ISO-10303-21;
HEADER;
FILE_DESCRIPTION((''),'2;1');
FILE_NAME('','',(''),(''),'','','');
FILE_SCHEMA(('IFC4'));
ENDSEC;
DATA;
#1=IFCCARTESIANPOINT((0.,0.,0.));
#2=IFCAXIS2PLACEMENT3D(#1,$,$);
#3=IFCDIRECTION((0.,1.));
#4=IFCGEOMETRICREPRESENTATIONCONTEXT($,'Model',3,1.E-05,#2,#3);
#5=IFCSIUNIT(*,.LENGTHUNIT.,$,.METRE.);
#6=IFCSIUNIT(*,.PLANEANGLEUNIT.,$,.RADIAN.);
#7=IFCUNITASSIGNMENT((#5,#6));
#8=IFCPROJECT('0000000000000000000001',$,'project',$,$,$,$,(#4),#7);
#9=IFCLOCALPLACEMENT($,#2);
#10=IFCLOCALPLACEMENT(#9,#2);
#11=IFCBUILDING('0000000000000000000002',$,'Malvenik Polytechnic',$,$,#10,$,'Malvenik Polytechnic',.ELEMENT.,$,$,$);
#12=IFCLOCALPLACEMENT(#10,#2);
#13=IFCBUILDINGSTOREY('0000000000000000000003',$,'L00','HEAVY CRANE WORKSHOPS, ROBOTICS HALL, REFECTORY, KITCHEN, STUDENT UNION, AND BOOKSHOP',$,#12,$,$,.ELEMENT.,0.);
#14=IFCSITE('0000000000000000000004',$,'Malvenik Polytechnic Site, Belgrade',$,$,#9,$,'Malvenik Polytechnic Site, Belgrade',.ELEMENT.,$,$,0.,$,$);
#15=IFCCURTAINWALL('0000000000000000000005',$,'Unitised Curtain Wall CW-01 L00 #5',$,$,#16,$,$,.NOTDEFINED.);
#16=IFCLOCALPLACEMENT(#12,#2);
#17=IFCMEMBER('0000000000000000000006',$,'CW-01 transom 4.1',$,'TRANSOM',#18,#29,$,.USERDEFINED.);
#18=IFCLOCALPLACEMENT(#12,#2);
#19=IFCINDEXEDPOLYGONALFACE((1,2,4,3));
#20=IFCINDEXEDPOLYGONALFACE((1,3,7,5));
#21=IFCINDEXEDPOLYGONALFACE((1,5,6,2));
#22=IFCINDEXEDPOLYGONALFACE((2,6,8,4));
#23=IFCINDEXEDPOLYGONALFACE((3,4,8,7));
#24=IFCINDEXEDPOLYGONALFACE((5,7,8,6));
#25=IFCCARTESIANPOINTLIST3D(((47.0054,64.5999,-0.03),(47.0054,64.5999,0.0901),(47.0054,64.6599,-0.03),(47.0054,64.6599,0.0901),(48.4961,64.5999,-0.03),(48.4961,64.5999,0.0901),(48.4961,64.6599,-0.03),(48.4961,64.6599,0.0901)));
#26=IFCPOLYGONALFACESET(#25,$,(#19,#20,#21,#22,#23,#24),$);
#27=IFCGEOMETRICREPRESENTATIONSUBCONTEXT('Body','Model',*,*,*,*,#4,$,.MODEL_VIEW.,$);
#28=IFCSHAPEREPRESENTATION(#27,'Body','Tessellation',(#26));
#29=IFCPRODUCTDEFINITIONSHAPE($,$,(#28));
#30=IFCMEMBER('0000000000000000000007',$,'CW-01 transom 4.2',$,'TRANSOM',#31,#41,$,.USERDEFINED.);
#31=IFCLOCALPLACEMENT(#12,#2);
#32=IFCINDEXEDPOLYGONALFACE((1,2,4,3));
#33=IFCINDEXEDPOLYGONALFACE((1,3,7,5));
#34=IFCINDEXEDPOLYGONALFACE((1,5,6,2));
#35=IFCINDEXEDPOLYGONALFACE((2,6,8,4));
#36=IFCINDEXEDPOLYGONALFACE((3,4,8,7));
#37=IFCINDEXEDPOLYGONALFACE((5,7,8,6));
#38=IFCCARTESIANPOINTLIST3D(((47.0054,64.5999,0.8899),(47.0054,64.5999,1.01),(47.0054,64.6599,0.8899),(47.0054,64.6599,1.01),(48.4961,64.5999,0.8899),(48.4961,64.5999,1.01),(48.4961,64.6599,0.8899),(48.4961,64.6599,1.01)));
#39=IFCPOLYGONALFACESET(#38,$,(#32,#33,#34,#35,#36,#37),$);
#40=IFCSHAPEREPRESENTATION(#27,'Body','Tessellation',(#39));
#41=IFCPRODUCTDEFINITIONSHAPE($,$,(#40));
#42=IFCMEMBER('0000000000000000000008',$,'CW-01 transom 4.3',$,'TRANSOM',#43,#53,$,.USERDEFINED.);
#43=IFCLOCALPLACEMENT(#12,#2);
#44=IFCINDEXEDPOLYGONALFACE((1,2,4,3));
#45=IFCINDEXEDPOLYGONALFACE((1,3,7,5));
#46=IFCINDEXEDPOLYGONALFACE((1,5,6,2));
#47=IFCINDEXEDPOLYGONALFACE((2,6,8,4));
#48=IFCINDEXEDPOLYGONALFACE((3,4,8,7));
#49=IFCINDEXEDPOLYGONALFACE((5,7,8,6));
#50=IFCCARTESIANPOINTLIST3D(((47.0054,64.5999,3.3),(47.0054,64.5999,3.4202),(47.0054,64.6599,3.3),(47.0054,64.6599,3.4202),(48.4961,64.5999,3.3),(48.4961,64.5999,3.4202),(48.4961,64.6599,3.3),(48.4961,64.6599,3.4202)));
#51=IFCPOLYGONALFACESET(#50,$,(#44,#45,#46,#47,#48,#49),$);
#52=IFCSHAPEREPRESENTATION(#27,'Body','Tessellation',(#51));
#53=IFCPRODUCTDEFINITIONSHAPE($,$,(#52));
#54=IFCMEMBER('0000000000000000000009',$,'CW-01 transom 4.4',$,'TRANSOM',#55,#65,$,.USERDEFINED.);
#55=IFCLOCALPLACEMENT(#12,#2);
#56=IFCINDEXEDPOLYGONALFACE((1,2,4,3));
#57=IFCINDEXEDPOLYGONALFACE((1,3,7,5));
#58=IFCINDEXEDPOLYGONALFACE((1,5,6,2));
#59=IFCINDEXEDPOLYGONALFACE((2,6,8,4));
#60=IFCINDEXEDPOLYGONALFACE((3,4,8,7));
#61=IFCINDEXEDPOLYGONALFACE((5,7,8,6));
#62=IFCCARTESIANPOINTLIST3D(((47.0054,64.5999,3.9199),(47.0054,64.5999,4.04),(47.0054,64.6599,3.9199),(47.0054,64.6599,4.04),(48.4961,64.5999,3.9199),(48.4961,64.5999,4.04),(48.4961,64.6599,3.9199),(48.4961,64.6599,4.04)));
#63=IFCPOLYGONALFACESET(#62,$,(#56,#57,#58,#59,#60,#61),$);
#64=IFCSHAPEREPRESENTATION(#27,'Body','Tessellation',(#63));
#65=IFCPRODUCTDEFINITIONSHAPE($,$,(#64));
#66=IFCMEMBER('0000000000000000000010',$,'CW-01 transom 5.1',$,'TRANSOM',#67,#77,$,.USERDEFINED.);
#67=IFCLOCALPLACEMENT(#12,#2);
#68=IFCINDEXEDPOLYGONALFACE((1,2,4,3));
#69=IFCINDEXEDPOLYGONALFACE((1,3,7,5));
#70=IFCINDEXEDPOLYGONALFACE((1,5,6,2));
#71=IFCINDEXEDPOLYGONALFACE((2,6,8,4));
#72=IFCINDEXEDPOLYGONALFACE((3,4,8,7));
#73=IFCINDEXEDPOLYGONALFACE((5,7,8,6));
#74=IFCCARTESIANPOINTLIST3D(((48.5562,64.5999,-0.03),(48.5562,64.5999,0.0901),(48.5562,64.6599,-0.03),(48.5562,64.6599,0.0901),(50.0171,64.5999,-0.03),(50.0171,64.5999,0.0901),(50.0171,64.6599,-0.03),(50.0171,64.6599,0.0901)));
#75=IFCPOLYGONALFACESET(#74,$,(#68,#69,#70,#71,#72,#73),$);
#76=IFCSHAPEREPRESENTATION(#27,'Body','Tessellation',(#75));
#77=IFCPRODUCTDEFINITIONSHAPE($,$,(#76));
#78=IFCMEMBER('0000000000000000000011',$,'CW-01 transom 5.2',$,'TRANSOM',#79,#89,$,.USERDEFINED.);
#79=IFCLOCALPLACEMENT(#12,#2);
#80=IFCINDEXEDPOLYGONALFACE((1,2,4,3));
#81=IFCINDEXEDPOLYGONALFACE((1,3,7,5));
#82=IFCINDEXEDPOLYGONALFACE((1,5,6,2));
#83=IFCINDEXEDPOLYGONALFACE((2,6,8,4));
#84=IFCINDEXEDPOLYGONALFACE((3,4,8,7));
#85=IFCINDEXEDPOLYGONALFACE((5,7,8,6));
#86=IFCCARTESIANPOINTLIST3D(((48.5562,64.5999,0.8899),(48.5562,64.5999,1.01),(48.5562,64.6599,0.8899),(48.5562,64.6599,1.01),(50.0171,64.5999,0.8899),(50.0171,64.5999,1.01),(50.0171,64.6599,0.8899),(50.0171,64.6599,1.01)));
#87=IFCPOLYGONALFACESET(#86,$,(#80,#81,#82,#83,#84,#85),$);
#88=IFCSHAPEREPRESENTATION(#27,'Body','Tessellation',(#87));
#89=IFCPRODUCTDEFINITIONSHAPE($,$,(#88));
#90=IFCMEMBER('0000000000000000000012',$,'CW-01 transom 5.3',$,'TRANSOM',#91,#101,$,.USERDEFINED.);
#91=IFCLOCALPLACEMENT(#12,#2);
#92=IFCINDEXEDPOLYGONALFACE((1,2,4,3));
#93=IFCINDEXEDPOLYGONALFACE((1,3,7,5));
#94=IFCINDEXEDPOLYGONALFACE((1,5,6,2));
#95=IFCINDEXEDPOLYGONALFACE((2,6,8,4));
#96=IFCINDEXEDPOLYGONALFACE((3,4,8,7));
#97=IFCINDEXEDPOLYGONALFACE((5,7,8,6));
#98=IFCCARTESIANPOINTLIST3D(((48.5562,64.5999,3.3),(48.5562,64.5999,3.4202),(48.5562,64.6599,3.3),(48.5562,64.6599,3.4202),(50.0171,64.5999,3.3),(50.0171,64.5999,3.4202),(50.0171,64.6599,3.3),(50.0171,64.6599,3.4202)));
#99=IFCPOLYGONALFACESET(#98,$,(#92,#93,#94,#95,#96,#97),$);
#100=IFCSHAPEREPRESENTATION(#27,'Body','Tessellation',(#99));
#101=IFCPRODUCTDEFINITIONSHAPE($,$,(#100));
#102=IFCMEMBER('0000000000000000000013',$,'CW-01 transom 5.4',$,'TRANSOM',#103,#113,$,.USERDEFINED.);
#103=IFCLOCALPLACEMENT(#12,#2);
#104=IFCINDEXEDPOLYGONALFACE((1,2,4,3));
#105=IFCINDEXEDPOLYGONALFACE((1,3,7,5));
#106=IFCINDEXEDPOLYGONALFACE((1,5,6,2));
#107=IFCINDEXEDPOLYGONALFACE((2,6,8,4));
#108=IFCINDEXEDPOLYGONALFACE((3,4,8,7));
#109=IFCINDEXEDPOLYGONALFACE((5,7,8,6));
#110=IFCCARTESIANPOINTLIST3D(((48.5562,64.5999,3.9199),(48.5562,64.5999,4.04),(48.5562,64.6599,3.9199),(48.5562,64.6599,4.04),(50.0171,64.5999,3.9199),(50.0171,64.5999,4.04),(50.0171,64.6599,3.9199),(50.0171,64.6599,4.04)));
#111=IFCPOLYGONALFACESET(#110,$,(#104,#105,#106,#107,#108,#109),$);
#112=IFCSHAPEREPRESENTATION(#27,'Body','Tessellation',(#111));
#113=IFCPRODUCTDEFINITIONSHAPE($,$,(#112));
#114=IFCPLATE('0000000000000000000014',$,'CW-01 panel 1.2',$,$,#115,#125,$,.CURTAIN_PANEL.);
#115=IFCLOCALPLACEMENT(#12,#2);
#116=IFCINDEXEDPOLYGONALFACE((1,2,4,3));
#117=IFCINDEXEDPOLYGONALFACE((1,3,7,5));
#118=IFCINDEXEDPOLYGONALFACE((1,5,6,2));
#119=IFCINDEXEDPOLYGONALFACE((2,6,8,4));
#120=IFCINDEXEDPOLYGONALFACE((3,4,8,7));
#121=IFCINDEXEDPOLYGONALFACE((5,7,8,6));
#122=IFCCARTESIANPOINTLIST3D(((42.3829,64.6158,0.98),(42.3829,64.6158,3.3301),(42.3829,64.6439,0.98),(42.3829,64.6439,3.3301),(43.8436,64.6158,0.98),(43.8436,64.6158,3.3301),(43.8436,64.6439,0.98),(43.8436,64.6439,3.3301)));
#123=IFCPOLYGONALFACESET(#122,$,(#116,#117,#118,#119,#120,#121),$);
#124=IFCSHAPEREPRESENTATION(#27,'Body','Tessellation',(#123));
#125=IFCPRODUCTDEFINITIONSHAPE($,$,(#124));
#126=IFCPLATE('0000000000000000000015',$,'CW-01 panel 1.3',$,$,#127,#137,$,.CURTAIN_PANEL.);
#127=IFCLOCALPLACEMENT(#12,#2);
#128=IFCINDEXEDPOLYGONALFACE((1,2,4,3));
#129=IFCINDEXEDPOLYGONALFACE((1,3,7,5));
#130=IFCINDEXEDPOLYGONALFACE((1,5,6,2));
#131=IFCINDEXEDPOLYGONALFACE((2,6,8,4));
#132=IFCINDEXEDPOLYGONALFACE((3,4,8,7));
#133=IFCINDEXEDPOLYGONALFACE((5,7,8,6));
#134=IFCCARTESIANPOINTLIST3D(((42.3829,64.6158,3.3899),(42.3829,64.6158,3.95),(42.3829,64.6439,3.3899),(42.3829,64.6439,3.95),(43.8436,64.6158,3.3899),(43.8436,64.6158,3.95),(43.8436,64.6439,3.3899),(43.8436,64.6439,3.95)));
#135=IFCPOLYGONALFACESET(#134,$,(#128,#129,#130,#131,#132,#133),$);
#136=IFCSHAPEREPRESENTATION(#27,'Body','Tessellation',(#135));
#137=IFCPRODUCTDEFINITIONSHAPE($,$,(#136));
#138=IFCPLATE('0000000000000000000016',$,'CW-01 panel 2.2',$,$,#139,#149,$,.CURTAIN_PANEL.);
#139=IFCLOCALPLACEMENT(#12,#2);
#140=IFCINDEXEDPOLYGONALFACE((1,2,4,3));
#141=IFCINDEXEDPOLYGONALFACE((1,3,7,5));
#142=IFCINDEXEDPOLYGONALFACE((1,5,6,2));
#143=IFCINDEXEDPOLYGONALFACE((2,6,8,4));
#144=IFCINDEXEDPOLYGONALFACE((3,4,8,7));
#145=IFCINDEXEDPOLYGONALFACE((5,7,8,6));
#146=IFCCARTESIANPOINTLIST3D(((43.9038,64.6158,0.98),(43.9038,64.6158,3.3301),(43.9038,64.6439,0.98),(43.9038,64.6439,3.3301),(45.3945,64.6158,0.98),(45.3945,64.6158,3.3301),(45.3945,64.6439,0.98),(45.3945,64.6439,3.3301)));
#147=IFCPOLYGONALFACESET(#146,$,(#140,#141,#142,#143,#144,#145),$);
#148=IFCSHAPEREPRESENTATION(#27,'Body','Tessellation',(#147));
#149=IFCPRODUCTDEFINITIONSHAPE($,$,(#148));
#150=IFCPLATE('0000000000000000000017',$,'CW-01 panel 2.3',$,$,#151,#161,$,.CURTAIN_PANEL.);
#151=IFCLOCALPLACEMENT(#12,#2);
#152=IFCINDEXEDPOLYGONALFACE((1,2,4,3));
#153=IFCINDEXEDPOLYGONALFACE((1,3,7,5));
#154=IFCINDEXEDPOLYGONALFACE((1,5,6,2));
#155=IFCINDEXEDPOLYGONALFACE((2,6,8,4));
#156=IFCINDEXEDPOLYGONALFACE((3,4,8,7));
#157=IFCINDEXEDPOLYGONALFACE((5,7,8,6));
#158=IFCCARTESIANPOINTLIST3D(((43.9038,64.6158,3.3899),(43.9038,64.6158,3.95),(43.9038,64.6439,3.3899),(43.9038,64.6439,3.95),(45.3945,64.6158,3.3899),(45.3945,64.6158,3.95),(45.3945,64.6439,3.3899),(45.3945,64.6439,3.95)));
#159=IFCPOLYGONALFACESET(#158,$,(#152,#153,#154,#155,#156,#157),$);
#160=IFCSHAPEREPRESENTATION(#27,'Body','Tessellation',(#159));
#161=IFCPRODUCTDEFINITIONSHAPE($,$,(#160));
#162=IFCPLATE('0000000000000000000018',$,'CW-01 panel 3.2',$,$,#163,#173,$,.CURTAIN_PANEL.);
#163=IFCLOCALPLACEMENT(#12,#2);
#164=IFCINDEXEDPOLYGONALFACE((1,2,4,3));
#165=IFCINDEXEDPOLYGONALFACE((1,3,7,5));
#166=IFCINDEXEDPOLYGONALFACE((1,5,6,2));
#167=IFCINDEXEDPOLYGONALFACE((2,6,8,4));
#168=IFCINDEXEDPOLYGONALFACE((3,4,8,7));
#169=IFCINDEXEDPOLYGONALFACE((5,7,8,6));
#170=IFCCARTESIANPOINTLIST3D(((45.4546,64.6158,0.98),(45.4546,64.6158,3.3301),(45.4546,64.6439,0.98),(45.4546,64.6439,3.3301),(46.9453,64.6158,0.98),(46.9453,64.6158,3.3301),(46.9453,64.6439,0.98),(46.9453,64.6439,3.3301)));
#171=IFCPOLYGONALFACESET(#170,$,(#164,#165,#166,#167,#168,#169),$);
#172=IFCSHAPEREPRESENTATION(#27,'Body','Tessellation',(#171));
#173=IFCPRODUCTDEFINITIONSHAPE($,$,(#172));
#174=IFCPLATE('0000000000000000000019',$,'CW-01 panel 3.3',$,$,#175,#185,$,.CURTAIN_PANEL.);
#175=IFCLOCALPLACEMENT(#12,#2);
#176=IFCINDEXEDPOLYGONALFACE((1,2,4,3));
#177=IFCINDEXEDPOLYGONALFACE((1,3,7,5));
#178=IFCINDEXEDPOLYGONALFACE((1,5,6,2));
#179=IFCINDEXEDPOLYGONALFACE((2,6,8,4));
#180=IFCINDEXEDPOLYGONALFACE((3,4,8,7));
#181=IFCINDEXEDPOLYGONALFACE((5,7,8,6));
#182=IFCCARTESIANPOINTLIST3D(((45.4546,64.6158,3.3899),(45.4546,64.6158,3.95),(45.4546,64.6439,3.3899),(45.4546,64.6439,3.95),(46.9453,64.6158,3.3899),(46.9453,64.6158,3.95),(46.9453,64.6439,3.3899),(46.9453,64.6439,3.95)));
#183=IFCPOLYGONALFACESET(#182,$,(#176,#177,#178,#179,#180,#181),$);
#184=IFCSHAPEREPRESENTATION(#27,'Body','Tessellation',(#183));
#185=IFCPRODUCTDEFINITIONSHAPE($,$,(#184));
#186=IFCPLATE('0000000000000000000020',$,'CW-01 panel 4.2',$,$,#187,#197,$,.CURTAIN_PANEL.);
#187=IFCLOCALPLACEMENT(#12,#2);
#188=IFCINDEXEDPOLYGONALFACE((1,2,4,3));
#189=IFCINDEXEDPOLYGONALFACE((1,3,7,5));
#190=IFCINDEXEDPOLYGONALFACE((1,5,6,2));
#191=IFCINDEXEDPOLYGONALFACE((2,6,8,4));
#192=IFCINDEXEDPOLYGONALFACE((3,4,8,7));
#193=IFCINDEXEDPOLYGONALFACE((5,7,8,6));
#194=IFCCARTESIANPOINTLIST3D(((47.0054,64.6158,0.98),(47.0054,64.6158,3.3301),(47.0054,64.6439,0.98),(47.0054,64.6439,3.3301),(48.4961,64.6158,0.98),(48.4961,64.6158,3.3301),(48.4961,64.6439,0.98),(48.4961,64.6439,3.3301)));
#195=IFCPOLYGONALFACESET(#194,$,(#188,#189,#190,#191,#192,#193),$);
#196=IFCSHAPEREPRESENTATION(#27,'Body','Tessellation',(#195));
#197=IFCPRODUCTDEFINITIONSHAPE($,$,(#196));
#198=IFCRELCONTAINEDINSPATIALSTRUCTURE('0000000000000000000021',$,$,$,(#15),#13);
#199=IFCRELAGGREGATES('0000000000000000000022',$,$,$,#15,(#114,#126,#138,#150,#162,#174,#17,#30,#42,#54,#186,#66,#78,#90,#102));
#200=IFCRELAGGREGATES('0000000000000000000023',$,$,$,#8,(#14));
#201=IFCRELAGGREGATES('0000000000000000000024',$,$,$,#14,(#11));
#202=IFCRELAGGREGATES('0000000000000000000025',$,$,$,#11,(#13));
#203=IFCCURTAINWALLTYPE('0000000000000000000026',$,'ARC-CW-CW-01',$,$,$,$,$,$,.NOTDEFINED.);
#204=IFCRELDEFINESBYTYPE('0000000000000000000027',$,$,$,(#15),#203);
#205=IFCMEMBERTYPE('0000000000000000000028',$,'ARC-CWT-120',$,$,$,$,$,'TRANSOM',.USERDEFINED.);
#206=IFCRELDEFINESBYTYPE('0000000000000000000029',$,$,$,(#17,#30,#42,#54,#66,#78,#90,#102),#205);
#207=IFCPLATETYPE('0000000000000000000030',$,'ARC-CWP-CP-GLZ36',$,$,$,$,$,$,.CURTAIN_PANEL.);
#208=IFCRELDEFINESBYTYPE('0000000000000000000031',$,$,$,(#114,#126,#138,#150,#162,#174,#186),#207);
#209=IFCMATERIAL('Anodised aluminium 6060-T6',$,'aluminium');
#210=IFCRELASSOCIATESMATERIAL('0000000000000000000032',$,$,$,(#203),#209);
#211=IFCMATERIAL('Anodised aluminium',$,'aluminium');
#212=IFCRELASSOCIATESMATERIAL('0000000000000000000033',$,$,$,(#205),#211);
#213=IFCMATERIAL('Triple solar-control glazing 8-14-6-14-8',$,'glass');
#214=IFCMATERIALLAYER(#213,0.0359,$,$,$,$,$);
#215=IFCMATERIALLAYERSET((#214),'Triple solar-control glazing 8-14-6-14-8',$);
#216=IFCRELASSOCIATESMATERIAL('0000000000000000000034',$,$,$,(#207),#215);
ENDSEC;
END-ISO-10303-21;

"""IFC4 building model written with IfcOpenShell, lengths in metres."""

from ifc_helpers import new_model, si_unit, direction, frame, origin, origin_2d, place, context, subcontext, project, spatial, rectangle, extrude, material, layer, layer_set, material_profile, profile_set, type_object, element, aggregate, save


model = new_model("IFC4")

# Units and contexts
model_context = context("Model", 3, precision=1e-05, world=origin(), true_north=direction((0.0, 1.0)))
body_context = subcontext(model_context, "Body", "Model", "MODEL_VIEW")
ifc_project = project(units=[si_unit("LENGTHUNIT", "METRE"), si_unit("PLANEANGLEUNIT", "RADIAN")], contexts=[model_context])

# Site, building, storey
site_placement = place(None, origin())
site = spatial("IfcSite", under=ifc_project, at=site_placement, Name="Malvenik Polytechnic Site, Belgrade", LongName="Malvenik Polytechnic Site, Belgrade", CompositionType="ELEMENT", RefElevation=0.0)
building_placement = place(site_placement, origin())
building = spatial("IfcBuilding", under=site, at=building_placement, Name="Malvenik Polytechnic", LongName="Malvenik Polytechnic", CompositionType="ELEMENT")
storey_placement = place(building_placement, origin())
storey = spatial("IfcBuildingStorey", under=building, at=storey_placement, Name="L00", Description="HEAVY CRANE WORKSHOPS, ROBOTICS HALL, REFECTORY, KITCHEN, STUDENT UNION, AND BOOKSHOP", CompositionType="ELEMENT", Elevation=0.0)

# Curtain wall, members, plates
ifc_material_1 = material(Name="Anodised aluminium 6060-T6", Category="aluminium")
curtain_wall_type = type_object("IfcCurtainWallType", Name="ARC-CW-CW-01", PredefinedType="NOTDEFINED", material=ifc_material_1)
curtain_wall_placement = place(storey_placement, origin())
curtain_wall = element("IfcCurtainWall", 1, at=curtain_wall_placement, inside=storey, type_object=curtain_wall_type, Name="Unitised Curtain Wall CW-01 L00 #5", PredefinedType="NOTDEFINED")
ifc_material_2 = material(Name="Anodised aluminium", Category="aluminium")
ifc_material_profile_1 = material_profile(ifc_material_2, rectangle(XDim=0.0601, YDim=0.1201, at=origin_2d()), Name="ALU TRANSOM 60x120")
ifc_profile_set_1 = profile_set([ifc_material_profile_1], Name="Anodised aluminium")
member_type_1 = type_object("IfcMemberType", Name="ARC-CWT-120", ElementType="TRANSOM", PredefinedType="USERDEFINED", material=ifc_profile_set_1)
member_1_placement = place(storey_placement, frame((47.0054, 64.6299, 0.03), z_axis=(1.0, 0.0, 0.0), x_axis=(0.0, 1.0, 0.0)))
member_1 = element("IfcMember", 2, at=member_1_placement, type_object=member_type_1, Name="CW-01 transom 4.1", ObjectType="TRANSOM", PredefinedType="USERDEFINED", context=body_context, shape_type="SweptSolid", body=[
    extrude(rectangle(XDim=0.0601, YDim=0.1201, at=origin_2d()), origin(), (0.0, 0.0, 1.0), 1.4907),
])
member_2_placement = place(storey_placement, frame((47.0054, 64.6299, 0.95), z_axis=(1.0, 0.0, 0.0), x_axis=(0.0, 1.0, 0.0)))
member_2 = element("IfcMember", 3, at=member_2_placement, type_object=member_type_1, Name="CW-01 transom 4.2", ObjectType="TRANSOM", PredefinedType="USERDEFINED", context=body_context, shape_type="SweptSolid", body=[
    extrude(rectangle(XDim=0.0601, YDim=0.1201, at=origin_2d()), origin(), (0.0, 0.0, 1.0), 1.4907),
])
member_3_placement = place(storey_placement, frame((47.0054, 64.6299, 3.3601), z_axis=(1.0, 0.0, 0.0), x_axis=(0.0, 1.0, 0.0)))
member_3 = element("IfcMember", 4, at=member_3_placement, type_object=member_type_1, Name="CW-01 transom 4.3", ObjectType="TRANSOM", PredefinedType="USERDEFINED", context=body_context, shape_type="SweptSolid", body=[
    extrude(rectangle(XDim=0.0601, YDim=0.1201, at=origin_2d()), origin(), (0.0, 0.0, 1.0), 1.4907),
])
member_4_placement = place(storey_placement, frame((47.0054, 64.6299, 3.98), z_axis=(1.0, 0.0, 0.0), x_axis=(0.0, 1.0, 0.0)))
member_4 = element("IfcMember", 5, at=member_4_placement, type_object=member_type_1, Name="CW-01 transom 4.4", ObjectType="TRANSOM", PredefinedType="USERDEFINED", context=body_context, shape_type="SweptSolid", body=[
    extrude(rectangle(XDim=0.0601, YDim=0.1201, at=origin_2d()), origin(), (0.0, 0.0, 1.0), 1.4907),
])
member_5_placement = place(storey_placement, frame((48.5562, 64.6299, 0.03), z_axis=(1.0, 0.0, 0.0), x_axis=(0.0, 1.0, 0.0)))
member_5 = element("IfcMember", 6, at=member_5_placement, type_object=member_type_1, Name="CW-01 transom 5.1", ObjectType="TRANSOM", PredefinedType="USERDEFINED", context=body_context, shape_type="SweptSolid", body=[
    extrude(rectangle(XDim=0.0601, YDim=0.1201, at=origin_2d()), origin(), (0.0, 0.0, 1.0), 1.4609),
])
member_6_placement = place(storey_placement, frame((48.5562, 64.6299, 0.95), z_axis=(1.0, 0.0, 0.0), x_axis=(0.0, 1.0, 0.0)))
member_6 = element("IfcMember", 7, at=member_6_placement, type_object=member_type_1, Name="CW-01 transom 5.2", ObjectType="TRANSOM", PredefinedType="USERDEFINED", context=body_context, shape_type="SweptSolid", body=[
    extrude(rectangle(XDim=0.0601, YDim=0.1201, at=origin_2d()), origin(), (0.0, 0.0, 1.0), 1.4609),
])
member_7_placement = place(storey_placement, frame((48.5562, 64.6299, 3.3601), z_axis=(1.0, 0.0, 0.0), x_axis=(0.0, 1.0, 0.0)))
member_7 = element("IfcMember", 8, at=member_7_placement, type_object=member_type_1, Name="CW-01 transom 5.3", ObjectType="TRANSOM", PredefinedType="USERDEFINED", context=body_context, shape_type="SweptSolid", body=[
    extrude(rectangle(XDim=0.0601, YDim=0.1201, at=origin_2d()), origin(), (0.0, 0.0, 1.0), 1.4609),
])
member_8_placement = place(storey_placement, frame((48.5562, 64.6299, 3.98), z_axis=(1.0, 0.0, 0.0), x_axis=(0.0, 1.0, 0.0)))
member_8 = element("IfcMember", 9, at=member_8_placement, type_object=member_type_1, Name="CW-01 transom 5.4", ObjectType="TRANSOM", PredefinedType="USERDEFINED", context=body_context, shape_type="SweptSolid", body=[
    extrude(rectangle(XDim=0.0601, YDim=0.1201, at=origin_2d()), origin(), (0.0, 0.0, 1.0), 1.4609),
])
ifc_material_3 = material(Name="Triple solar-control glazing 8-14-6-14-8", Category="glass")
ifc_layer_1 = layer(ifc_material_3, 0.0359)
ifc_layer_set_1 = layer_set([ifc_layer_1], Name="Triple solar-control glazing 8-14-6-14-8")
plate_type_1 = type_object("IfcPlateType", Name="ARC-CWP-CP-GLZ36", PredefinedType="CURTAIN_PANEL", material=ifc_layer_set_1)
plate_1_placement = place(storey_placement, frame((43.1133, 64.6299, 0.98), z_axis=(0.0, 0.0, 1.0), x_axis=(1.0, 0.0, 0.0)))
plate_1 = element("IfcPlate", 10, at=plate_1_placement, type_object=plate_type_1, Name="CW-01 panel 1.2", PredefinedType="CURTAIN_PANEL", context=body_context, shape_type="SweptSolid", body=[
    extrude(rectangle(XDim=1.4607, YDim=0.0281, at=origin_2d()), origin(), (0.0, 0.0, 1.0), 2.3501),
])
plate_2_placement = place(storey_placement, frame((43.1133, 64.6299, 3.3899), z_axis=(0.0, 0.0, 1.0), x_axis=(1.0, 0.0, 0.0)))
plate_2 = element("IfcPlate", 11, at=plate_2_placement, type_object=plate_type_1, Name="CW-01 panel 1.3", PredefinedType="CURTAIN_PANEL", context=body_context, shape_type="SweptSolid", body=[
    extrude(rectangle(XDim=1.4607, YDim=0.0281, at=origin_2d()), origin(), (0.0, 0.0, 1.0), 0.5601),
])
plate_3_placement = place(storey_placement, frame((44.6492, 64.6299, 0.98), z_axis=(0.0, 0.0, 1.0), x_axis=(1.0, 0.0, 0.0)))
plate_3 = element("IfcPlate", 12, at=plate_3_placement, type_object=plate_type_1, Name="CW-01 panel 2.2", PredefinedType="CURTAIN_PANEL", context=body_context, shape_type="SweptSolid", body=[
    extrude(rectangle(XDim=1.4907, YDim=0.0281, at=origin_2d()), origin(), (0.0, 0.0, 1.0), 2.3501),
])
plate_4_placement = place(storey_placement, frame((44.6492, 64.6299, 3.3899), z_axis=(0.0, 0.0, 1.0), x_axis=(1.0, 0.0, 0.0)))
plate_4 = element("IfcPlate", 13, at=plate_4_placement, type_object=plate_type_1, Name="CW-01 panel 2.3", PredefinedType="CURTAIN_PANEL", context=body_context, shape_type="SweptSolid", body=[
    extrude(rectangle(XDim=1.4907, YDim=0.0281, at=origin_2d()), origin(), (0.0, 0.0, 1.0), 0.5601),
])
plate_5_placement = place(storey_placement, frame((46.2, 64.6299, 0.98), z_axis=(0.0, 0.0, 1.0), x_axis=(1.0, 0.0, 0.0)))
plate_5 = element("IfcPlate", 14, at=plate_5_placement, type_object=plate_type_1, Name="CW-01 panel 3.2", PredefinedType="CURTAIN_PANEL", context=body_context, shape_type="SweptSolid", body=[
    extrude(rectangle(XDim=1.4907, YDim=0.0281, at=origin_2d()), origin(), (0.0, 0.0, 1.0), 2.3501),
])
plate_6_placement = place(storey_placement, frame((46.2, 64.6299, 3.3899), z_axis=(0.0, 0.0, 1.0), x_axis=(1.0, 0.0, 0.0)))
plate_6 = element("IfcPlate", 15, at=plate_6_placement, type_object=plate_type_1, Name="CW-01 panel 3.3", PredefinedType="CURTAIN_PANEL", context=body_context, shape_type="SweptSolid", body=[
    extrude(rectangle(XDim=1.4907, YDim=0.0281, at=origin_2d()), origin(), (0.0, 0.0, 1.0), 0.5601),
])
plate_7_placement = place(storey_placement, frame((47.7507, 64.6299, 0.98), z_axis=(0.0, 0.0, 1.0), x_axis=(1.0, 0.0, 0.0)))
plate_7 = element("IfcPlate", 16, at=plate_7_placement, type_object=plate_type_1, Name="CW-01 panel 4.2", PredefinedType="CURTAIN_PANEL", context=body_context, shape_type="SweptSolid", body=[
    extrude(rectangle(XDim=1.4907, YDim=0.0281, at=origin_2d()), origin(), (0.0, 0.0, 1.0), 2.3501),
])
aggregate(curtain_wall, [plate_1, plate_2, plate_3, plate_4, plate_5, plate_6, member_1, member_2, member_3, member_4, plate_7, member_5, member_6, member_7, member_8])

save(model, "model.ifc")
